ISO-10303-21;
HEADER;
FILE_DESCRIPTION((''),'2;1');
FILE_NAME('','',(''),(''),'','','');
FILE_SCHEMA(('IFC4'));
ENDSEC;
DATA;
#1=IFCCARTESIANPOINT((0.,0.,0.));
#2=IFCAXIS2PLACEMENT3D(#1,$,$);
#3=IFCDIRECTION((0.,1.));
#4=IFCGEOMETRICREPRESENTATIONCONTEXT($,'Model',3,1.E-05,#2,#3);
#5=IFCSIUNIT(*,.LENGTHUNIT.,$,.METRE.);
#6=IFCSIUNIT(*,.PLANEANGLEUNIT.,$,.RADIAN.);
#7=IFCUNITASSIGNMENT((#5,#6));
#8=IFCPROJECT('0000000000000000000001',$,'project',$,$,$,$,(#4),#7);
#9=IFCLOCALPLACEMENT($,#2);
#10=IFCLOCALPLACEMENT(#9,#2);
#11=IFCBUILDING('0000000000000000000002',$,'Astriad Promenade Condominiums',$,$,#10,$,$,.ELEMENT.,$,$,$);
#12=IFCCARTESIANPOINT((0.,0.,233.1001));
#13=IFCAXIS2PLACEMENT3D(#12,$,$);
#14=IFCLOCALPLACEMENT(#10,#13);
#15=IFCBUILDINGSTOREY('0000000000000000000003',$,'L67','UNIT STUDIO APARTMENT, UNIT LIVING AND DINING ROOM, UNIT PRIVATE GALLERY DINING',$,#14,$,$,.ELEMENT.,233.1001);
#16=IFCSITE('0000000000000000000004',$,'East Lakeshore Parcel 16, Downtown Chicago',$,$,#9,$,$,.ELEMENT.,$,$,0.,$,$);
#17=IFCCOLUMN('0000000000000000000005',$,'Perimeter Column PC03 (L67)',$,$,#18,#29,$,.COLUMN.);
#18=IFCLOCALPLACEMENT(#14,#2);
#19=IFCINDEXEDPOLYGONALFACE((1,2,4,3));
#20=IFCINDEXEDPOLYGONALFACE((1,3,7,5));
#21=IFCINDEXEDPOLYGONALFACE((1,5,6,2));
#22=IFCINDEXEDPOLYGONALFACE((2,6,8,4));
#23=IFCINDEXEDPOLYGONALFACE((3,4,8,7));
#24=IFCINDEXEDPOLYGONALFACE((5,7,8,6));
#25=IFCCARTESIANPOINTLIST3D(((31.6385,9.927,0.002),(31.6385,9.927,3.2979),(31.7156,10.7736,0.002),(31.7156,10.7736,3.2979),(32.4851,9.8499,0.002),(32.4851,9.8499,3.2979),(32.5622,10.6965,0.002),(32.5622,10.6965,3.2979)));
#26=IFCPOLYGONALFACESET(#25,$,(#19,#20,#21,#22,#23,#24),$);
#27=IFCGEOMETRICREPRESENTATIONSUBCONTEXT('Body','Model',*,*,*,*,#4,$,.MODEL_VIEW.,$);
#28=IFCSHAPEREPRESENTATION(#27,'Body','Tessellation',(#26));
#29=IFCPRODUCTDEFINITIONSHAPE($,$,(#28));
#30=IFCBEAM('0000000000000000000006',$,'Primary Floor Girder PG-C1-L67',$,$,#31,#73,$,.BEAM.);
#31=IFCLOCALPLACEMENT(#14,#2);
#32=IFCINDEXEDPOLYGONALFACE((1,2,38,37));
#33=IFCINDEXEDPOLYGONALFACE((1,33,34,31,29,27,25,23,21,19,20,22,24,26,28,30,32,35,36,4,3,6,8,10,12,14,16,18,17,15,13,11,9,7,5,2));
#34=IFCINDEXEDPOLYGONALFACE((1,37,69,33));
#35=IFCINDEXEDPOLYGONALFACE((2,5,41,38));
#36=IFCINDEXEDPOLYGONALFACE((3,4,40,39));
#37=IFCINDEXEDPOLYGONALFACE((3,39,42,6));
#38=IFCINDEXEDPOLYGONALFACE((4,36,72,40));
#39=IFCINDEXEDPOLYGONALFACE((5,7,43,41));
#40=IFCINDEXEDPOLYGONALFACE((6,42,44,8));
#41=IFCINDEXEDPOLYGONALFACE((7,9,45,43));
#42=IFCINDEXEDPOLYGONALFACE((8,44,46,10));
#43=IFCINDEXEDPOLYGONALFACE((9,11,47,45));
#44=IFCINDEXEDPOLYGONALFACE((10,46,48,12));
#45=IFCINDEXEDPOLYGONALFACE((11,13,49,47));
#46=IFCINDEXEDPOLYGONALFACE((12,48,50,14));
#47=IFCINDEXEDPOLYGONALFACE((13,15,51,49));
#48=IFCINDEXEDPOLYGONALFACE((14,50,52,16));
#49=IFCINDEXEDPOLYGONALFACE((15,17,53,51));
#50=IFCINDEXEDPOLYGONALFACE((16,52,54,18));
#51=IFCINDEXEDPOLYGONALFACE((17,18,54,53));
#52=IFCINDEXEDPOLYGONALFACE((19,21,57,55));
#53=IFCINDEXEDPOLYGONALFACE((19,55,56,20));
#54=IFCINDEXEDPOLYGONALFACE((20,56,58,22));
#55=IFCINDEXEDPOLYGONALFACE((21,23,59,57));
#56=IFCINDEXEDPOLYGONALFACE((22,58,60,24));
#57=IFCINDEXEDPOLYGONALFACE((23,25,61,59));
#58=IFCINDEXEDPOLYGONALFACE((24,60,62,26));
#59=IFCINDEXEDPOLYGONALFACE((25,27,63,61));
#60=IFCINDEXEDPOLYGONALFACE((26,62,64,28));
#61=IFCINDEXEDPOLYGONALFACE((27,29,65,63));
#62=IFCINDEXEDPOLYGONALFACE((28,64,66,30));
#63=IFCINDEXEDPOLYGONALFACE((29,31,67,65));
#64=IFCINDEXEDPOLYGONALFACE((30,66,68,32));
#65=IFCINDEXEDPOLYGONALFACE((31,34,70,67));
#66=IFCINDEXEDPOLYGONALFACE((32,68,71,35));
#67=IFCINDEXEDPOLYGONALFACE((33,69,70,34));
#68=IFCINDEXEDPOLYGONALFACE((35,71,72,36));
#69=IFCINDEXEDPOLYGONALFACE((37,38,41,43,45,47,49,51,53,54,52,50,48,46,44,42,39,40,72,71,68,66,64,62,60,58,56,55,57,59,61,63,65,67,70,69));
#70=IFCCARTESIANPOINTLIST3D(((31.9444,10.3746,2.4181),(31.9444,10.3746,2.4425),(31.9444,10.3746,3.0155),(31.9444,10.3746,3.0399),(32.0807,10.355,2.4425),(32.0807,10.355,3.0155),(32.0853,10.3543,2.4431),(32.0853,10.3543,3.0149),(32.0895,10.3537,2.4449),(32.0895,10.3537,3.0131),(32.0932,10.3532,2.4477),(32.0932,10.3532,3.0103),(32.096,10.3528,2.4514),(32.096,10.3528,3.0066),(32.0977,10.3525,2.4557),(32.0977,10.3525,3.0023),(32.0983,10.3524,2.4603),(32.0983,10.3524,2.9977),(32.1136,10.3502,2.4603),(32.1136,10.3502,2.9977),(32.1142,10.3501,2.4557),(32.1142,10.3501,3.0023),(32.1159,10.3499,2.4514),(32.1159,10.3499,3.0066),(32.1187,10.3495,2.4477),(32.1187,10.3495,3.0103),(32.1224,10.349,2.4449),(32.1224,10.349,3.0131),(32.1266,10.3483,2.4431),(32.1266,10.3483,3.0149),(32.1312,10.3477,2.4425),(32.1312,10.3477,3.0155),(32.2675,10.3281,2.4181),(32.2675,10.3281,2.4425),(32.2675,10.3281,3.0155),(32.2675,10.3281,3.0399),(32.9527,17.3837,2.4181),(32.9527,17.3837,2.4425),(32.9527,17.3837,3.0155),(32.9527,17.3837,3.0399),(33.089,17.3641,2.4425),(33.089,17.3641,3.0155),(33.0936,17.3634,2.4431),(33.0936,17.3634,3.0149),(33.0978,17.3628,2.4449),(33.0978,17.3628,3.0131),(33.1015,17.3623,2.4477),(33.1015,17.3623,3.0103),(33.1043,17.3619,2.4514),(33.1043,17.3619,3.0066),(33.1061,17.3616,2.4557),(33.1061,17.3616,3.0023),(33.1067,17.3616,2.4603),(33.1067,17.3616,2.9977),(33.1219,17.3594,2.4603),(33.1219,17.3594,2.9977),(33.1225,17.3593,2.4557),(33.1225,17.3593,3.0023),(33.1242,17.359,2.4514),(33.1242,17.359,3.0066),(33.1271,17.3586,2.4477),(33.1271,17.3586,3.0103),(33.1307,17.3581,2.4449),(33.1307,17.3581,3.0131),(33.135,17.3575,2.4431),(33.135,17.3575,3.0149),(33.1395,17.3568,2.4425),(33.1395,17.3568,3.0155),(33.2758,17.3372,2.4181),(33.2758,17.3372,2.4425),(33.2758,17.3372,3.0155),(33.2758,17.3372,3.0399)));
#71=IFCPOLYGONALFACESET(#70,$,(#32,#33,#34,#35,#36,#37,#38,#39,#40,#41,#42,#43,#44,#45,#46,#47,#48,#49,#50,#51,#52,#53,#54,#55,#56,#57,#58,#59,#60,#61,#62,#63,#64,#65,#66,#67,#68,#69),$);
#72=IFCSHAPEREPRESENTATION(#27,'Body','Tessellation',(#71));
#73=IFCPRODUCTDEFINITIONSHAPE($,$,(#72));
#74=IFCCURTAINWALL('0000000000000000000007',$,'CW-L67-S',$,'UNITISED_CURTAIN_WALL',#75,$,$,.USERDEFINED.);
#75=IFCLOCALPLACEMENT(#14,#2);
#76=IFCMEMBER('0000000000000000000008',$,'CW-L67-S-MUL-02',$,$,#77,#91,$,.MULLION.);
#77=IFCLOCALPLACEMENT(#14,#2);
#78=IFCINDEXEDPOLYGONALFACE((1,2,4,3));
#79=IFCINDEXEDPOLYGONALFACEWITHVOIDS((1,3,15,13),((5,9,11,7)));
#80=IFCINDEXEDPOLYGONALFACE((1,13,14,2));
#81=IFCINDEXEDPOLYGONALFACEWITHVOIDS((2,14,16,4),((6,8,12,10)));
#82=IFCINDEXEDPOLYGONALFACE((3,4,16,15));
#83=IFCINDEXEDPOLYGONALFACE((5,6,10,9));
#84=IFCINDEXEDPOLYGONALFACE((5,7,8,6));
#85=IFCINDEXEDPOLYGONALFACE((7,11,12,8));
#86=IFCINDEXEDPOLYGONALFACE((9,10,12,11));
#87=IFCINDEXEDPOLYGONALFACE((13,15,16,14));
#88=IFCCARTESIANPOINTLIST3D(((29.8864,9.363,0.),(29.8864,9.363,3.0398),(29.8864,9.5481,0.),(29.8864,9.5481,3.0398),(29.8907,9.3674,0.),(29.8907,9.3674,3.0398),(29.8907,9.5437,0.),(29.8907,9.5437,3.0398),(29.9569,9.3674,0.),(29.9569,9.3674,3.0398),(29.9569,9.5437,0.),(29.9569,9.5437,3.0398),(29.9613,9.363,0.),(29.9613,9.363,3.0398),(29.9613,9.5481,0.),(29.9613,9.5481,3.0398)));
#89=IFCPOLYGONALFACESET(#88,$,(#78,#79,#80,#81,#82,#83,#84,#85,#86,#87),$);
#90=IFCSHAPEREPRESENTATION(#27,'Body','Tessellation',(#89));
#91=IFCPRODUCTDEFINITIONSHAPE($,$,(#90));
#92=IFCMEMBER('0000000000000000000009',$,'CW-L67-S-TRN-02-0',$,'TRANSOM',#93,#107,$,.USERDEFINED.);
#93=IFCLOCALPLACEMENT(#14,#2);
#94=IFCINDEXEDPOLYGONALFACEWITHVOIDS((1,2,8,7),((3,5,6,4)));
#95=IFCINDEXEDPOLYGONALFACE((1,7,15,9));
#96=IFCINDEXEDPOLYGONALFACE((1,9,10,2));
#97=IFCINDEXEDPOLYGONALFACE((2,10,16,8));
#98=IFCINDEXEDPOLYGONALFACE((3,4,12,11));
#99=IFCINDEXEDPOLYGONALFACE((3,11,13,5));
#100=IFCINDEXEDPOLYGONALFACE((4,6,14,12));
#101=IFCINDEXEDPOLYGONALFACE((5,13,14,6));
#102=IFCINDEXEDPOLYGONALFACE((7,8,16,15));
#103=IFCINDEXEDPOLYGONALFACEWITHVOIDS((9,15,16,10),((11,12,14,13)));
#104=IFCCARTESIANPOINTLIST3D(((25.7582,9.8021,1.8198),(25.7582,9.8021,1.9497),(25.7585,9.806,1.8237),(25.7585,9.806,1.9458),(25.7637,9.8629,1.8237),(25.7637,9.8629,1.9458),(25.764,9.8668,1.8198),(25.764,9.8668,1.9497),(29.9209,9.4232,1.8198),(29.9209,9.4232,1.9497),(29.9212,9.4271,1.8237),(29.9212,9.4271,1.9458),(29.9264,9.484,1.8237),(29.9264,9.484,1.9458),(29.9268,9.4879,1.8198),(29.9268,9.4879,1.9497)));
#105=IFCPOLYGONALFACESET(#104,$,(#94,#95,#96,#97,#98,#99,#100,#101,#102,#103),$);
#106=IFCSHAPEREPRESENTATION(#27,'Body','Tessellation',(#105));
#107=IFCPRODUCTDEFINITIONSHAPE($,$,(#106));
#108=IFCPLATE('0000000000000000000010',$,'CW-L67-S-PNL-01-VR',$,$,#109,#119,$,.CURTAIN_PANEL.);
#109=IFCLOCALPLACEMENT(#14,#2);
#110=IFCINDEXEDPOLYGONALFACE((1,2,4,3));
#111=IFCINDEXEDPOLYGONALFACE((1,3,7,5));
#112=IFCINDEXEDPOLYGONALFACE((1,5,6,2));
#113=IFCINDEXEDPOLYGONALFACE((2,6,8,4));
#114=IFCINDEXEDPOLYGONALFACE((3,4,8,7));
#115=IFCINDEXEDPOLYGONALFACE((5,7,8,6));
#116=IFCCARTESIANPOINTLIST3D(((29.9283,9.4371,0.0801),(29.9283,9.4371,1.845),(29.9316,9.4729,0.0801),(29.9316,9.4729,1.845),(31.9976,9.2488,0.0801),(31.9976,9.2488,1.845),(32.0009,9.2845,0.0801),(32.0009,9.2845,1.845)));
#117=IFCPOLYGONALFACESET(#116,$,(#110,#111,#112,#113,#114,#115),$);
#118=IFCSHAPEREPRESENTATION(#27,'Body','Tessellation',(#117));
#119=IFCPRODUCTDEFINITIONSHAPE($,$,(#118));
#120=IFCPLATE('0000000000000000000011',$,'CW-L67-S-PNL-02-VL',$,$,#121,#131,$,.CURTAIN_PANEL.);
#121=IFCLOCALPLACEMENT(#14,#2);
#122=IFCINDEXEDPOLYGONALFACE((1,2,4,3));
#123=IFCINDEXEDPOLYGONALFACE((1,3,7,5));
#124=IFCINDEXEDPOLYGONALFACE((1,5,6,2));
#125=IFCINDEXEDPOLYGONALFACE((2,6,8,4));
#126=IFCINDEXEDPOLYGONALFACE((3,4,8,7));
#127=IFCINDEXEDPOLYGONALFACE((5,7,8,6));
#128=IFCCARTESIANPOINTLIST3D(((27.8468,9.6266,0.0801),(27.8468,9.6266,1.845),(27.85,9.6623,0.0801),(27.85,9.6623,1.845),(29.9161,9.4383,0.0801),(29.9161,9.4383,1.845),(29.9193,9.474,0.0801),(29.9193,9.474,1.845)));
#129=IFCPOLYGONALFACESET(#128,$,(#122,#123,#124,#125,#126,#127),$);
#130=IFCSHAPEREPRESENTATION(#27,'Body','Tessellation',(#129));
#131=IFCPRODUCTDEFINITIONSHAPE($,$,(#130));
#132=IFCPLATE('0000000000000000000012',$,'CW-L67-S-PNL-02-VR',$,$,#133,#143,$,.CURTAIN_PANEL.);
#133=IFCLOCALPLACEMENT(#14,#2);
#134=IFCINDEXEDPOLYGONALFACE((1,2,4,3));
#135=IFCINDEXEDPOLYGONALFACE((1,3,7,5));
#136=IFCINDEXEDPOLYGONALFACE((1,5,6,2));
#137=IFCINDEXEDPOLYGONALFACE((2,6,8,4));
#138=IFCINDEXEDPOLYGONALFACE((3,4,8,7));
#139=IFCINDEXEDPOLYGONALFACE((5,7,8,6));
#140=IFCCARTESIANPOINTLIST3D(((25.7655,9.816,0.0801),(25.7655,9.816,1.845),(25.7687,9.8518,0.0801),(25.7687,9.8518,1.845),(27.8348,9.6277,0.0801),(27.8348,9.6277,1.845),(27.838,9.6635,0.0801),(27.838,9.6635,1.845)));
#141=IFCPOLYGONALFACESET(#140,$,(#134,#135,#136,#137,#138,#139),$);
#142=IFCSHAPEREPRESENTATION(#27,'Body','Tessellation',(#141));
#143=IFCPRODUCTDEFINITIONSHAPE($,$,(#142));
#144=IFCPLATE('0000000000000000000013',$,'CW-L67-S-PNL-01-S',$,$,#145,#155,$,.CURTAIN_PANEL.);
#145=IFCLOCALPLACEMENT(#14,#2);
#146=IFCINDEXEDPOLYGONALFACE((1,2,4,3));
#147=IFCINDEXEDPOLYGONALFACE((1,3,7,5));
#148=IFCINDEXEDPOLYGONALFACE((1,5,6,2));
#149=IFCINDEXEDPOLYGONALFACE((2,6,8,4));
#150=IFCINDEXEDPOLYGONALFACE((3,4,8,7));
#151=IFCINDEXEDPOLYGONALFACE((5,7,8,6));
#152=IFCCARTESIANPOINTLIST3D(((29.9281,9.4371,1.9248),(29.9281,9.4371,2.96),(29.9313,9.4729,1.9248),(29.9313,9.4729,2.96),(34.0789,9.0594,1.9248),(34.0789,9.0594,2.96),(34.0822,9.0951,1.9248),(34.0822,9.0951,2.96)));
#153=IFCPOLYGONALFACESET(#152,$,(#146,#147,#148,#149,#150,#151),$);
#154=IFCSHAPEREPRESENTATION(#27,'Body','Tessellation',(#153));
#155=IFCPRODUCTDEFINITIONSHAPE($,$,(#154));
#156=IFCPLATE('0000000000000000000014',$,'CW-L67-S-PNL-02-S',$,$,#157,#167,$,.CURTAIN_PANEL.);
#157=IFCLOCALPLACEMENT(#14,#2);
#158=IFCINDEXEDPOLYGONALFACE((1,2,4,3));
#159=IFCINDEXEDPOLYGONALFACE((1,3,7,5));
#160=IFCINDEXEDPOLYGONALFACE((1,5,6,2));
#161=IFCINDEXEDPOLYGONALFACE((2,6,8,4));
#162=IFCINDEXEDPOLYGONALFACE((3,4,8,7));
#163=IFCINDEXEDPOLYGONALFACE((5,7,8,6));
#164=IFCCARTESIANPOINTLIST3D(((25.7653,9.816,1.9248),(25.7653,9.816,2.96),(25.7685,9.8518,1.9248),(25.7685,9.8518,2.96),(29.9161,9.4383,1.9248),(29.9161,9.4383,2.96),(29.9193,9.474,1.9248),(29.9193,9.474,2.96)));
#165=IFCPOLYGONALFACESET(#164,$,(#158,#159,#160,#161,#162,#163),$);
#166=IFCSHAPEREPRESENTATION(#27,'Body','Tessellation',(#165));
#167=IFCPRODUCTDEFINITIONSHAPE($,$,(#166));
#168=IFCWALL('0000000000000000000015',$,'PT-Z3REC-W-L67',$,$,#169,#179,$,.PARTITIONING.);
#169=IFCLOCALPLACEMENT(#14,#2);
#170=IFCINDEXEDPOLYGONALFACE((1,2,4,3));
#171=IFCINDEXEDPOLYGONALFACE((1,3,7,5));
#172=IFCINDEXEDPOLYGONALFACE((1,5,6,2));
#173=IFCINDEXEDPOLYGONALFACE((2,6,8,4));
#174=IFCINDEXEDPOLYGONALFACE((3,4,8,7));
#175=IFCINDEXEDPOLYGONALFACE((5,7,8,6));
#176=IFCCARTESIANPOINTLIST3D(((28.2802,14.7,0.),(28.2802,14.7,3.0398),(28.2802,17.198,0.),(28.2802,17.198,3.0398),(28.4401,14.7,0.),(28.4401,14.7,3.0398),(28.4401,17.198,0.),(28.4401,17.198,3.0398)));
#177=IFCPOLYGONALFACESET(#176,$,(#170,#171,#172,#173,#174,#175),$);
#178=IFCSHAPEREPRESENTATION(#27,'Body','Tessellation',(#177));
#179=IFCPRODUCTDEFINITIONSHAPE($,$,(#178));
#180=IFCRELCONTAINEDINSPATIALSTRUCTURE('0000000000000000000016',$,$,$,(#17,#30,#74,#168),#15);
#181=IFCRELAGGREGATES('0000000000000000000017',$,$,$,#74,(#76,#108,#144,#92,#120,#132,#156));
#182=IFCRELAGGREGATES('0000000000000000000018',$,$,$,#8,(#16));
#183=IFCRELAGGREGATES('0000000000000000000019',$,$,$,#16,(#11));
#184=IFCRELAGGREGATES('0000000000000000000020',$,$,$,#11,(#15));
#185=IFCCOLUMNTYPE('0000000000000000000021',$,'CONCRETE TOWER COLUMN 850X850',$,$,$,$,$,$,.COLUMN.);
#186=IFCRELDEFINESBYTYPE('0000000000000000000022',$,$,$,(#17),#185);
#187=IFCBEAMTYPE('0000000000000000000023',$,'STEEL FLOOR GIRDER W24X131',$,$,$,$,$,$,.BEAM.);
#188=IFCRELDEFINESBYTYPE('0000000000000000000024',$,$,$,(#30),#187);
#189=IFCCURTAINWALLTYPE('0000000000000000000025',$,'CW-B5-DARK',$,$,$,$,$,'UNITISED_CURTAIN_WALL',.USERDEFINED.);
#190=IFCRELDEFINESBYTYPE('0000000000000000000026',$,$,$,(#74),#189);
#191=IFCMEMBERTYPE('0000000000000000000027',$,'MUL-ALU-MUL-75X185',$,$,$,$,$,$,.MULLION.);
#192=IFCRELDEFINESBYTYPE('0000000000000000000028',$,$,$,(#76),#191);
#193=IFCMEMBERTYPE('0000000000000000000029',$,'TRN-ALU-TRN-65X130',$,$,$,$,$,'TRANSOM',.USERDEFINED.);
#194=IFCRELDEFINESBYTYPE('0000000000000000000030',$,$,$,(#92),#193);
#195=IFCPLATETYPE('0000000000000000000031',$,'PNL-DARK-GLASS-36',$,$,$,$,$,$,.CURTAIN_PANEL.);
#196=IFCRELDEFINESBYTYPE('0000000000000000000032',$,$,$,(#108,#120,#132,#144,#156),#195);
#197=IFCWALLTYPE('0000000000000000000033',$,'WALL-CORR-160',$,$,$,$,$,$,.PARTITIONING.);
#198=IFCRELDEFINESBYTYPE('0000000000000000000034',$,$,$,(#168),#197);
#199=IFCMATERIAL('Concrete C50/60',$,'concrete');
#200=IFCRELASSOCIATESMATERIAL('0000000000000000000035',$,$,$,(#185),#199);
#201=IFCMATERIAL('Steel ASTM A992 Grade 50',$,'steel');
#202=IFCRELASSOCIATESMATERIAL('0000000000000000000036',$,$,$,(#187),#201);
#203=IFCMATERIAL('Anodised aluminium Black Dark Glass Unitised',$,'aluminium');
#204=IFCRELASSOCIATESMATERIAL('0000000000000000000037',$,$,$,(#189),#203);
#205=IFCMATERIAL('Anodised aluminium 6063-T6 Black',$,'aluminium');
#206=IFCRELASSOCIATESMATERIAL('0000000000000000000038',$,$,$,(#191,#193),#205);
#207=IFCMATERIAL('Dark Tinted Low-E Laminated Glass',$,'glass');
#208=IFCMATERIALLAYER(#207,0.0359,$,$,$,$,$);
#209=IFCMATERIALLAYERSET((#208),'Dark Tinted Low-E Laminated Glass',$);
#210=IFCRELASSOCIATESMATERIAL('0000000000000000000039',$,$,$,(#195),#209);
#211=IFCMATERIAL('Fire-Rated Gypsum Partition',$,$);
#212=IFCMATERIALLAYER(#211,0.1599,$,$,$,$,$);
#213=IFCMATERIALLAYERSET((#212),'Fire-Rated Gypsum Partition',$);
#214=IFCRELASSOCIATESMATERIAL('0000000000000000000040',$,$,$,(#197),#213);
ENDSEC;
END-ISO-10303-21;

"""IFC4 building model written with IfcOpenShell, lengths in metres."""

from ifc_helpers import new_model, si_unit, direction, frame, frame_2d, origin, origin_2d, place, context, subcontext, project, spatial, rectangle, hollow_rectangle, i_section, extrude, source, transform, mapped, material, layer, layer_set, material_profile, profile_set, type_object, type_shapes, element, aggregate, save


model = new_model("IFC4")

# Units and contexts
model_context = context("Model", 3, precision=1e-05, world=origin(), true_north=direction((0.0, 1.0)))
body_context = subcontext(model_context, "Body", "Model", "MODEL_VIEW")
ifc_project = project(units=[si_unit("LENGTHUNIT", "METRE"), si_unit("PLANEANGLEUNIT", "RADIAN")], contexts=[model_context])

# Site, building, storey
site_placement = place(None, origin())
site = spatial("IfcSite", under=ifc_project, at=site_placement, Name="East Lakeshore Parcel 16, Downtown Chicago", CompositionType="ELEMENT", RefElevation=0.0)
building_placement = place(site_placement, origin())
building = spatial("IfcBuilding", under=site, at=building_placement, Name="Astriad Promenade Condominiums", CompositionType="ELEMENT")
storey_placement = place(building_placement, frame((0.0, 0.0, 233.1001)))
storey = spatial("IfcBuildingStorey", under=building, at=storey_placement, Name="L67", Description="UNIT STUDIO APARTMENT, UNIT LIVING AND DINING ROOM, UNIT PRIVATE GALLERY DINING", CompositionType="ELEMENT", Elevation=233.1001)

# Column
ifc_material_1 = material(Name="Concrete C50/60", Category="concrete")
ifc_material_profile_1 = material_profile(ifc_material_1, rectangle(XDim=0.8501, YDim=0.8501, at=origin_2d()), Name="RC-COL-850X850")
ifc_profile_set_1 = profile_set([ifc_material_profile_1], Name="Concrete C50/60")
column_type = type_object("IfcColumnType", Name="CONCRETE TOWER COLUMN 850X850", PredefinedType="COLUMN", material=ifc_profile_set_1)
shared_shape_1 = source(origin(), body_context, "Body", "SweptSolid", [
    extrude(rectangle(XDim=0.8501, YDim=0.8501, at=origin_2d()), origin(), (0.0, 0.0, 1.0), 3.2959),
])
type_shapes(column_type, [shared_shape_1])
column_placement = place(storey_placement, frame((32.1003, 10.3118, 0.002), z_axis=(0.0, 0.0, 1.0), x_axis=(0.995884, -0.090633, 0.0)))
element("IfcColumn", 1, at=column_placement, inside=storey, type_object=column_type, Name="Perimeter Column PC03 (L67)", PredefinedType="COLUMN", context=body_context, shape_type="MappedRepresentation", body=[
    mapped(shared_shape_1, transform((0.0, 0.0, 0.0), scale=1.0)),
])

# Beam
ifc_material_2 = material(Name="Steel ASTM A992 Grade 50", Category="steel")
ifc_material_profile_2 = material_profile(ifc_material_2, i_section(OverallWidth=0.3264, OverallDepth=0.6218, WebThickness=0.0154, FlangeThickness=0.0244, FilletRadius=0.0178, at=origin_2d()), Name="W24X131")
ifc_profile_set_2 = profile_set([ifc_material_profile_2], Name="Steel ASTM A992 Grade 50")
beam_type = type_object("IfcBeamType", Name="STEEL FLOOR GIRDER W24X131", PredefinedType="BEAM", material=ifc_profile_set_2)
shared_shape_2 = source(origin(), body_context, "Body", "SweptSolid", [
    extrude(i_section(OverallWidth=0.3264, OverallDepth=0.6218, WebThickness=0.0154, FlangeThickness=0.0244, FilletRadius=0.0178, at=origin_2d()), origin(), (0.0, 0.0, 1.0), 7.0813),
])
type_shapes(beam_type, [shared_shape_2])
beam_placement = place(storey_placement, frame((32.106, 10.3513, 2.729), z_axis=(0.142391, 0.98981, 0.0), x_axis=(-0.98981, 0.142391, 0.0)))
element("IfcBeam", 2, at=beam_placement, inside=storey, type_object=beam_type, Name="Primary Floor Girder PG-C1-L67", PredefinedType="BEAM", context=body_context, shape_type="MappedRepresentation", body=[
    mapped(shared_shape_2, transform((0.0, 0.0, 0.0), scale=1.0)),
])

# Curtain wall, members, plates
ifc_material_3 = material(Name="Anodised aluminium Black Dark Glass Unitised", Category="aluminium")
curtain_wall_type = type_object("IfcCurtainWallType", Name="CW-B5-DARK", ElementType="UNITISED_CURTAIN_WALL", PredefinedType="USERDEFINED", material=ifc_material_3)
curtain_wall_placement = place(storey_placement, origin())
curtain_wall = element("IfcCurtainWall", 3, at=curtain_wall_placement, inside=storey, type_object=curtain_wall_type, Name="CW-L67-S", ObjectType="UNITISED_CURTAIN_WALL", PredefinedType="USERDEFINED")
ifc_material_4 = material(Name="Anodised aluminium 6063-T6 Black", Category="aluminium")
ifc_material_profile_3 = material_profile(ifc_material_4, hollow_rectangle(XDim=0.075, YDim=0.1851, WallThickness=0.0044, at=origin_2d()), Name="ALU-MUL-75X185")
ifc_profile_set_3 = profile_set([ifc_material_profile_3], Name="Anodised aluminium 6063-T6 Black")
member_type_1 = type_object("IfcMemberType", Name="MUL-ALU-MUL-75X185", PredefinedType="MULLION", material=ifc_profile_set_3)
shared_shape_3 = source(origin(), body_context, "Body", "SweptSolid", [
    extrude(hollow_rectangle(XDim=0.075, YDim=0.1851, WallThickness=0.0044, at=origin_2d()), origin(), (0.0, 0.0, 1.0), 3.0398),
])
type_shapes(member_type_1, [shared_shape_3])
member_1_placement = place(storey_placement, frame((29.9238, 9.4556, 0.0), z_axis=(0.0, 0.0, 1.0), x_axis=(1.0, 0.0, 0.0)))
member_1 = element("IfcMember", 4, at=member_1_placement, type_object=member_type_1, Name="CW-L67-S-MUL-02", PredefinedType="MULLION", context=body_context, shape_type="MappedRepresentation", body=[
    mapped(shared_shape_3, transform((0.0, 0.0, 0.0), scale=1.0)),
])
ifc_material_profile_4 = material_profile(ifc_material_4, hollow_rectangle(XDim=0.0649, YDim=0.1299, WallThickness=0.0039, at=origin_2d()), Name="ALU-TRN-65X130")
ifc_profile_set_4 = profile_set([ifc_material_profile_4], Name="Anodised aluminium 6063-T6 Black")
member_type_2 = type_object("IfcMemberType", Name="TRN-ALU-TRN-65X130", ElementType="TRANSOM", PredefinedType="USERDEFINED", material=ifc_profile_set_4)
shared_shape_4 = source(origin(), body_context, "Body", "SweptSolid", [
    extrude(hollow_rectangle(XDim=0.0649, YDim=0.1299, WallThickness=0.0039, at=origin_2d()), origin(), (0.0, 0.0, 1.0), 4.1799),
])
type_shapes(member_type_2, [shared_shape_4])
member_2_placement = place(storey_placement, frame((29.9238, 9.4556, 1.8848), z_axis=(-0.995883, 0.090646, 0.0), x_axis=(-0.090646, -0.995883, 0.0)))
member_2 = element("IfcMember", 5, at=member_2_placement, type_object=member_type_2, Name="CW-L67-S-TRN-02-0", ObjectType="TRANSOM", PredefinedType="USERDEFINED", context=body_context, shape_type="MappedRepresentation", body=[
    mapped(shared_shape_4, transform((0.0, 0.0, 0.0), scale=1.0)),
])
ifc_material_5 = material(Name="Dark Tinted Low-E Laminated Glass", Category="glass")
ifc_layer_1 = layer(ifc_material_5, 0.0359)
ifc_layer_set_1 = layer_set([ifc_layer_1], Name="Dark Tinted Low-E Laminated Glass")
plate_type = type_object("IfcPlateType", Name="PNL-DARK-GLASS-36", PredefinedType="CURTAIN_PANEL", material=ifc_layer_set_1)
shared_shape_5 = source(origin(), body_context, "Body", "SweptSolid", [
    extrude(rectangle(XDim=2.0779, YDim=0.0359, at=origin_2d()), origin(), (0.0, 0.0, 1.0), 1.7649),
])
plate_1_placement = place(storey_placement, frame((30.9646, 9.3608, 0.0801), z_axis=(0.0, 0.0, 1.0), x_axis=(-0.995884, 0.090633, 0.0)))
plate_1 = element("IfcPlate", 6, at=plate_1_placement, type_object=plate_type, Name="CW-L67-S-PNL-01-VR", PredefinedType="CURTAIN_PANEL", context=body_context, shape_type="MappedRepresentation", body=[
    mapped(shared_shape_5, transform((0.0, 0.0, 0.0), scale=1.0)),
])
plate_2_placement = place(storey_placement, frame((28.8831, 9.5503, 0.0801), z_axis=(0.0, 0.0, 1.0), x_axis=(-0.995884, 0.090633, 0.0)))
plate_2 = element("IfcPlate", 7, at=plate_2_placement, type_object=plate_type, Name="CW-L67-S-PNL-02-VL", PredefinedType="CURTAIN_PANEL", context=body_context, shape_type="MappedRepresentation", body=[
    mapped(shared_shape_5, transform((0.0, 0.0, 0.0), scale=1.0)),
])
plate_3_placement = place(storey_placement, frame((26.8018, 9.7397, 0.0801), z_axis=(0.0, 0.0, 1.0), x_axis=(-0.995884, 0.090633, 0.0)))
plate_3 = element("IfcPlate", 8, at=plate_3_placement, type_object=plate_type, Name="CW-L67-S-PNL-02-VR", PredefinedType="CURTAIN_PANEL", context=body_context, shape_type="MappedRepresentation", body=[
    mapped(shared_shape_5, transform((0.0, 0.0, 0.0), scale=1.0)),
])
shared_shape_6 = source(origin(), body_context, "Body", "SweptSolid", [
    extrude(rectangle(XDim=4.168, YDim=0.0359, at=origin_2d()), origin(), (0.0, 0.0, 1.0), 1.0352),
])
type_shapes(plate_type, [shared_shape_5, shared_shape_6])
plate_4_placement = place(storey_placement, frame((32.0051, 9.2661, 1.9248), z_axis=(0.0, 0.0, 1.0), x_axis=(-0.995884, 0.090633, 0.0)))
plate_4 = element("IfcPlate", 9, at=plate_4_placement, type_object=plate_type, Name="CW-L67-S-PNL-01-S", PredefinedType="CURTAIN_PANEL", context=body_context, shape_type="MappedRepresentation", body=[
    mapped(shared_shape_6, transform((0.0, 0.0, 0.0), scale=1.0)),
])
plate_5_placement = place(storey_placement, frame((27.8423, 9.645, 1.9248), z_axis=(0.0, 0.0, 1.0), x_axis=(-0.995884, 0.090633, 0.0)))
plate_5 = element("IfcPlate", 10, at=plate_5_placement, type_object=plate_type, Name="CW-L67-S-PNL-02-S", PredefinedType="CURTAIN_PANEL", context=body_context, shape_type="MappedRepresentation", body=[
    mapped(shared_shape_6, transform((0.0, 0.0, 0.0), scale=1.0)),
])
aggregate(curtain_wall, [member_1, plate_1, plate_4, member_2, plate_2, plate_3, plate_5])

# Wall
ifc_material_6 = material(Name="Fire-Rated Gypsum Partition")
ifc_layer_2 = layer(ifc_material_6, 0.1599)
ifc_layer_set_2 = layer_set([ifc_layer_2], Name="Fire-Rated Gypsum Partition")
wall_type_1 = type_object("IfcWallType", Name="WALL-CORR-160", PredefinedType="PARTITIONING", material=ifc_layer_set_2)
wall_1_placement = place(storey_placement, frame((28.3601, 14.7, 0.0), z_axis=(0.0, 0.0, 1.0), x_axis=(0.0, 1.0, 0.0)))
element("IfcWall", 11, at=wall_1_placement, inside=storey, type_object=wall_type_1, Name="PT-Z3REC-W-L67", PredefinedType="PARTITIONING", context=body_context, shape_type="SweptSolid", body=[
    extrude(rectangle(XDim=2.498, YDim=0.1599, at=frame_2d((1.249, 0.0))), origin(), (0.0, 0.0, 1.0), 3.0398),
])

save(model, "model.ifc")
